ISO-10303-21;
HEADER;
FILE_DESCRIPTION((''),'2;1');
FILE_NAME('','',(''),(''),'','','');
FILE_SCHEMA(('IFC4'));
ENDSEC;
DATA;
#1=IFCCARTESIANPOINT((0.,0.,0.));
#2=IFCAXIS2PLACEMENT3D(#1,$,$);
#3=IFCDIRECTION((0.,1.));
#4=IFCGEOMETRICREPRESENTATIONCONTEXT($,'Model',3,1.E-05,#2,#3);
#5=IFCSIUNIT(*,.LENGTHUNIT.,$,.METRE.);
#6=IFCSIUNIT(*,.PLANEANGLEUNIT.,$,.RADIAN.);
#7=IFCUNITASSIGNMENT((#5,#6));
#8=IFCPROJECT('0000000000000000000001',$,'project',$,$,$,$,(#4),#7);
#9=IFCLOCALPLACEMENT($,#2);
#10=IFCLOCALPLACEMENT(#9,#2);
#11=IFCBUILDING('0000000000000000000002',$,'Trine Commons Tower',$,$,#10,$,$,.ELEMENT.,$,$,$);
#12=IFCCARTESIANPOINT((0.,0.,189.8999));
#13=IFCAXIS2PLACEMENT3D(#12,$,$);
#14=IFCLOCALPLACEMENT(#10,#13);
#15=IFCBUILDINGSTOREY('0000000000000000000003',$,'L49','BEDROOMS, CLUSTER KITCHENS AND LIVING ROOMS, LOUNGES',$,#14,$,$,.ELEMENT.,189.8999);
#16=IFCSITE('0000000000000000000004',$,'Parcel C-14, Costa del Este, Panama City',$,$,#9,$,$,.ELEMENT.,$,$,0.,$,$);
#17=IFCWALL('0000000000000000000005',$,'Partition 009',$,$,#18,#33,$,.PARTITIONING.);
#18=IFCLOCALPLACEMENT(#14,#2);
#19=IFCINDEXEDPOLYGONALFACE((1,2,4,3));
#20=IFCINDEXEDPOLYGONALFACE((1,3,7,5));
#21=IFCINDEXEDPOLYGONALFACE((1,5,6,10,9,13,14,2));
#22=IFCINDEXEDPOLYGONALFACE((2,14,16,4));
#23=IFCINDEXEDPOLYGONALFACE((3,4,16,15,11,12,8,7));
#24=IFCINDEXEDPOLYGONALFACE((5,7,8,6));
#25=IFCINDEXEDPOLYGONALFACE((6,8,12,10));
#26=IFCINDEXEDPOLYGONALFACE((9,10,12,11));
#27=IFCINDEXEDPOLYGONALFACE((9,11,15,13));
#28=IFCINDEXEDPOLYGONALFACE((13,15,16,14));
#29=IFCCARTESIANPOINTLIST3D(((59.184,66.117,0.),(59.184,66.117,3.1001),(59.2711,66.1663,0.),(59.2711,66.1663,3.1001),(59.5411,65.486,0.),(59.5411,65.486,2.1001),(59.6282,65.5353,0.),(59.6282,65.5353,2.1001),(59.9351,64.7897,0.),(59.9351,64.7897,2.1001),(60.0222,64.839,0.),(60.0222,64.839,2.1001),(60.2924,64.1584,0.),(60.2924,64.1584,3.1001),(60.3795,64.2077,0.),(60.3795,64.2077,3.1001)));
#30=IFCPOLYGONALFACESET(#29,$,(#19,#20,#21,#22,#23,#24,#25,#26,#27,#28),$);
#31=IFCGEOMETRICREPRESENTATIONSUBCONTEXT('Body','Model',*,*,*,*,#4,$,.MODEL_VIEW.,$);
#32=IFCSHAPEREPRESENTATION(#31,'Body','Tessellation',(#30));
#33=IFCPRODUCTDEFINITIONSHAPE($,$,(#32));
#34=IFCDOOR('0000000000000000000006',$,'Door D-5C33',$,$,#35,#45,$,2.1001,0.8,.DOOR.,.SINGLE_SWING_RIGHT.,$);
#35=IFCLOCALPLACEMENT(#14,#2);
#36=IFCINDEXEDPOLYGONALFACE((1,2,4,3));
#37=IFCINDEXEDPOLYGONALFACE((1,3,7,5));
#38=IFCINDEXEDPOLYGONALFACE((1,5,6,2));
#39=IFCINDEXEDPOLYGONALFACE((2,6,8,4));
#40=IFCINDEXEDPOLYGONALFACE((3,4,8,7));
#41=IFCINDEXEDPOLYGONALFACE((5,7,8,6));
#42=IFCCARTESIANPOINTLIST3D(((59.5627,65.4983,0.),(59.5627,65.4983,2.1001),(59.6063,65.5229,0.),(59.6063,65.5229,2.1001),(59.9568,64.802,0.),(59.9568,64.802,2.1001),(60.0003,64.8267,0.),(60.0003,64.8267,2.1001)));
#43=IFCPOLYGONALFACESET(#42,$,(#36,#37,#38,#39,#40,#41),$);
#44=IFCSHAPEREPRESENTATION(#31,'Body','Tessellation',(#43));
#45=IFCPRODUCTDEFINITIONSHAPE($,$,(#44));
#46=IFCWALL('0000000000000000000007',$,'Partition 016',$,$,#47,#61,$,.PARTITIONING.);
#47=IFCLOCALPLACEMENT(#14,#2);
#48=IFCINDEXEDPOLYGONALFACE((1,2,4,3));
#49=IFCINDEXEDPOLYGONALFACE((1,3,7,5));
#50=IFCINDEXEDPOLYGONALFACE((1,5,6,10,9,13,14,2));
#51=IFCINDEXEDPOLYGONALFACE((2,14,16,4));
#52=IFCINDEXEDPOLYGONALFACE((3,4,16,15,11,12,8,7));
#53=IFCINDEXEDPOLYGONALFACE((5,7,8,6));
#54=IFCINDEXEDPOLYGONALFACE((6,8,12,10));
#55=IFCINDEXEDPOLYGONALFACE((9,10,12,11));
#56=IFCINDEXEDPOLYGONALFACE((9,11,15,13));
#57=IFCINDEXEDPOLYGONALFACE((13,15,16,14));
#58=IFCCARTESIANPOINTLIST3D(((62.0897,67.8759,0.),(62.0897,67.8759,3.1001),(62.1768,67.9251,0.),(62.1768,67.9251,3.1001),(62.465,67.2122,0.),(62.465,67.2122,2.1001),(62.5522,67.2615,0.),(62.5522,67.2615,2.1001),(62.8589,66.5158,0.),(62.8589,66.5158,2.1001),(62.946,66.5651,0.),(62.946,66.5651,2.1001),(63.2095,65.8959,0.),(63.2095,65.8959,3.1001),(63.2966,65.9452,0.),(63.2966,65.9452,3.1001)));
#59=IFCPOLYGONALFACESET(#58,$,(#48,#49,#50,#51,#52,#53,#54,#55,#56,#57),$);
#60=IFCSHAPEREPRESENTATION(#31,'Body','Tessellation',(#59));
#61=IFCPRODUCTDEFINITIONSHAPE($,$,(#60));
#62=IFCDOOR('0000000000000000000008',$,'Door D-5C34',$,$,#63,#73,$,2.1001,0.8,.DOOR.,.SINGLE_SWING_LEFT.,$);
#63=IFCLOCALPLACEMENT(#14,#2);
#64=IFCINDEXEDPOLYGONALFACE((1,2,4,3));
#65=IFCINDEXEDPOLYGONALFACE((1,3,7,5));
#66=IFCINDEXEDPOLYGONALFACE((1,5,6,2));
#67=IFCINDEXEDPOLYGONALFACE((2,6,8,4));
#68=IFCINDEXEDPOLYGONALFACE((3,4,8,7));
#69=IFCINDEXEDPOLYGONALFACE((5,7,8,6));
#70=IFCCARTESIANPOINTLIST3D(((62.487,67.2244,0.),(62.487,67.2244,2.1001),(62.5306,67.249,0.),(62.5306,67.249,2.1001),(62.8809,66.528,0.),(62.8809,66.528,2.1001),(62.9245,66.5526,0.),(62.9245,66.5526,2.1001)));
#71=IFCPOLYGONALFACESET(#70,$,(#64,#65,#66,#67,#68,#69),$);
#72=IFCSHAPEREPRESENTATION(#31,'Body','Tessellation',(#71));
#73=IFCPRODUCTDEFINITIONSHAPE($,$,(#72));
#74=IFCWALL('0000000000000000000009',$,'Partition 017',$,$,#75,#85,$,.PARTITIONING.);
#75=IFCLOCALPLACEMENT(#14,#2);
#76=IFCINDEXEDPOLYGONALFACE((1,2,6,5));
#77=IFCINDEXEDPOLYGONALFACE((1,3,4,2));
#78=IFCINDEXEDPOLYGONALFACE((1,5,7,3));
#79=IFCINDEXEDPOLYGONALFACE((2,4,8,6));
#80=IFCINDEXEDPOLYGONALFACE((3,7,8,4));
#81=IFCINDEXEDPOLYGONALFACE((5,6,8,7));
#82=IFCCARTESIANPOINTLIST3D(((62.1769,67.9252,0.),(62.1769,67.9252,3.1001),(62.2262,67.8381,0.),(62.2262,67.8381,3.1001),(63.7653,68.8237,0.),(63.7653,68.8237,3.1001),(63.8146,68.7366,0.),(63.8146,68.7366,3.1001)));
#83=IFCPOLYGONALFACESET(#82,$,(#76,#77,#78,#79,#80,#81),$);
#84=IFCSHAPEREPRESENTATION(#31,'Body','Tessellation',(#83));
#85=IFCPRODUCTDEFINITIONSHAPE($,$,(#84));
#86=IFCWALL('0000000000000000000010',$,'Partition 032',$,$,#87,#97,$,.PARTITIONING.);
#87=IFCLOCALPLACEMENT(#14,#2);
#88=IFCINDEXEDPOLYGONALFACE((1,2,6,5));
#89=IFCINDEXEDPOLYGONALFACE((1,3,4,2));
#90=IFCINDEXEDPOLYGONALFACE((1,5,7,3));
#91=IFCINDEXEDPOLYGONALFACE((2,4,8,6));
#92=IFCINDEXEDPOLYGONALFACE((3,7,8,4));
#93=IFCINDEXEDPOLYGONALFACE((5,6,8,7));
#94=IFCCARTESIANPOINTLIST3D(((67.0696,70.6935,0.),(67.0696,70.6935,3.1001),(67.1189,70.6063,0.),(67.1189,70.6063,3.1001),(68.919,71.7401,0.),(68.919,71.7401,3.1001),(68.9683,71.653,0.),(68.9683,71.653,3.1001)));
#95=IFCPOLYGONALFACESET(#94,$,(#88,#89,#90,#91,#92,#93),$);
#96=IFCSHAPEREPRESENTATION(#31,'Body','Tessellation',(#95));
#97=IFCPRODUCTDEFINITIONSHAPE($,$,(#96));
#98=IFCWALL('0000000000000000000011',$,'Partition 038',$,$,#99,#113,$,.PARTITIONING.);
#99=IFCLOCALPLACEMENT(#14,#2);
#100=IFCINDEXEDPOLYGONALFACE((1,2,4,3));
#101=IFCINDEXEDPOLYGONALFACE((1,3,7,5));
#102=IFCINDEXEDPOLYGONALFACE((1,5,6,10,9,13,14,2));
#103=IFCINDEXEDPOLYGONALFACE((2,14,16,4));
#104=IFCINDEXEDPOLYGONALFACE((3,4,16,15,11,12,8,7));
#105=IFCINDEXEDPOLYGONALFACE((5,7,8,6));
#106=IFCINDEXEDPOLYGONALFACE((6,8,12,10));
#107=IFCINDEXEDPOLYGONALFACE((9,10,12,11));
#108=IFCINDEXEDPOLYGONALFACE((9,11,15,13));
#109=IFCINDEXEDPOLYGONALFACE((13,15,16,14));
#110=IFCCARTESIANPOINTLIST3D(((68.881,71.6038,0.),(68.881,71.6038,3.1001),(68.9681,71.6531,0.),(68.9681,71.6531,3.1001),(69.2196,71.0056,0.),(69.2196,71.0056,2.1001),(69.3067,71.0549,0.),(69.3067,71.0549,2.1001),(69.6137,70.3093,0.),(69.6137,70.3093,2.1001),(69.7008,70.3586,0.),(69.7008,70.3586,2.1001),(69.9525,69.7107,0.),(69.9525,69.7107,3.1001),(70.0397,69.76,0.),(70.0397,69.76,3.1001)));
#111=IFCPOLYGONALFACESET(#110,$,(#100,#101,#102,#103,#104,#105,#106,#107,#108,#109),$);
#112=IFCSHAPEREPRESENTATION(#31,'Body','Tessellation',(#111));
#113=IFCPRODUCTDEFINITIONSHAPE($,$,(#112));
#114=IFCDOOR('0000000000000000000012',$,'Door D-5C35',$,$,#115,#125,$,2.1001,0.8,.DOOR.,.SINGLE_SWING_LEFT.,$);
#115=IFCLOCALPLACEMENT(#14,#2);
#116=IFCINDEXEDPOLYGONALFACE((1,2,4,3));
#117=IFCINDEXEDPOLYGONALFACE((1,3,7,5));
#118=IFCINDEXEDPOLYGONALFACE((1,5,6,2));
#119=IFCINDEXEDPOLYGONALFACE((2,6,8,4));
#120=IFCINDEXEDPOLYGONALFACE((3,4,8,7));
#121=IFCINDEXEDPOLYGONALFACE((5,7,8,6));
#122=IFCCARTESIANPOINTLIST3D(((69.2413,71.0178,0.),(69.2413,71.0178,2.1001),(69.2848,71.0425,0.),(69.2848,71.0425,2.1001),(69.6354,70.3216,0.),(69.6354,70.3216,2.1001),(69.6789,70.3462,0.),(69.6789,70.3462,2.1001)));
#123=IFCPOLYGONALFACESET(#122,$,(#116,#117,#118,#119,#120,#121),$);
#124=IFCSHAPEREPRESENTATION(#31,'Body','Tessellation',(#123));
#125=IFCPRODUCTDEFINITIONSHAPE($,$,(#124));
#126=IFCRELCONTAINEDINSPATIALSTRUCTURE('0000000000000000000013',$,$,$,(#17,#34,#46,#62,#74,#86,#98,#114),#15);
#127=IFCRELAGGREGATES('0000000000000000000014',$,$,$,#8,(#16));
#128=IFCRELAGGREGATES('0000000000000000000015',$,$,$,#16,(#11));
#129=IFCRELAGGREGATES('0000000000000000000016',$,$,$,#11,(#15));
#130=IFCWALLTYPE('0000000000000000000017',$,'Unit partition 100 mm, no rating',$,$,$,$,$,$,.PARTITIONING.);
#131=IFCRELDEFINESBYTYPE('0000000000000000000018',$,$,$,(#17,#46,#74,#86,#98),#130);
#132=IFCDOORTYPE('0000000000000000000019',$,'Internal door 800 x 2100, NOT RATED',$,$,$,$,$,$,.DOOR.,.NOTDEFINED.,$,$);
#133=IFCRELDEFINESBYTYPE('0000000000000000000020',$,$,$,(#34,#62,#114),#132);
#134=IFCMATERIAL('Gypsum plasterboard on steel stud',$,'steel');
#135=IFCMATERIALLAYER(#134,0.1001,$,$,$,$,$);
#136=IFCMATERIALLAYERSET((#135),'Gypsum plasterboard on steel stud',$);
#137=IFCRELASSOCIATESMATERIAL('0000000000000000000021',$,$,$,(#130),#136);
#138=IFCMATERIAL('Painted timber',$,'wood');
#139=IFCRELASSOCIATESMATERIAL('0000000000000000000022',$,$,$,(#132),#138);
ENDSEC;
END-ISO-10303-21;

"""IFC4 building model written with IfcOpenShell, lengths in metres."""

from ifc_helpers import new_model, si_unit, direction, frame, frame_2d, origin, place, context, subcontext, project, spatial, rectangle, extrude, material, layer, layer_set, type_object, element, fill, save


model = new_model("IFC4")

# Units and contexts
model_context = context("Model", 3, precision=1e-05, world=origin(), true_north=direction((0.0, 1.0)))
body_context = subcontext(model_context, "Body", "Model", "MODEL_VIEW")
ifc_project = project(units=[si_unit("LENGTHUNIT", "METRE"), si_unit("PLANEANGLEUNIT", "RADIAN")], contexts=[model_context])

# Site, building, storey
site_placement = place(None, origin())
site = spatial("IfcSite", under=ifc_project, at=site_placement, Name="Parcel C-14, Costa del Este, Panama City", CompositionType="ELEMENT", RefElevation=0.0)
building_placement = place(site_placement, origin())
building = spatial("IfcBuilding", under=site, at=building_placement, Name="Trine Commons Tower", CompositionType="ELEMENT")
storey_placement = place(building_placement, frame((0.0, 0.0, 189.8999)))
storey = spatial("IfcBuildingStorey", under=building, at=storey_placement, Name="L49", Description="BEDROOMS, CLUSTER KITCHENS AND LIVING ROOMS, LOUNGES", CompositionType="ELEMENT", Elevation=189.8999)

# Shared definitions
ifc_material_1 = material(Name="Gypsum plasterboard on steel stud", Category="steel")

# Shared definitions
ifc_material_2 = material(Name="Painted timber", Category="wood")

# Walls, openings, doors
ifc_layer_1 = layer(ifc_material_1, 0.1001)
ifc_layer_set_1 = layer_set([ifc_layer_1], Name="Gypsum plasterboard on steel stud")
wall_type_1 = type_object("IfcWallType", Name="Unit partition 100 mm, no rating", PredefinedType="PARTITIONING", material=ifc_layer_set_1)
wall_1_placement = place(storey_placement, frame((59.2275, 66.1416, 0.0), z_axis=(0.0, 0.0, 1.0), x_axis=(0.492536, -0.870292, 0.0)))
wall_1 = element("IfcWall", 1, at=wall_1_placement, inside=storey, type_object=wall_type_1, Name="Partition 009", PredefinedType="PARTITIONING", context=body_context, shape_type="SweptSolid", body=[
    extrude(rectangle(XDim=2.2505, YDim=0.1001, at=frame_2d((1.1252, 0.0))), origin(), (0.0, 0.0, 1.0), 3.1001),
])
opening_1_placement = place(wall_1_placement, frame((0.7251, 0.0, 0.0)))
opening_1 = element("IfcOpeningElement", 2, at=opening_1_placement, cuts=wall_1, PredefinedType="OPENING", context=body_context, shape_type="SweptSolid", body=[
    extrude(rectangle(XDim=0.8, YDim=2.1001, at=frame_2d((0.3999, 1.05))), frame((0.0, 0.0601, 0.0), z_axis=(0.0, -1.0, 0.0), x_axis=(1.0, 0.0, 0.0)), (0.0, 0.0, 1.0), 0.1201),
])
door_type_1 = type_object("IfcDoorType", Name="Internal door 800 x 2100, NOT RATED", OperationType="NOTDEFINED", PredefinedType="DOOR", material=ifc_material_2)
door_1_placement = place(opening_1_placement, origin())
door_1 = element("IfcDoor", 3, at=door_1_placement, inside=storey, type_object=door_type_1, Name="Door D-5C33", OperationType="SINGLE_SWING_RIGHT", OverallHeight=2.1001, OverallWidth=0.8, PredefinedType="DOOR", context=body_context, shape_type="SweptSolid", body=[
    extrude(rectangle(XDim=0.8, YDim=2.1001, at=frame_2d((0.3999, 1.05))), frame((0.0, 0.0249, 0.0), z_axis=(0.0, -1.0, 0.0), x_axis=(1.0, 0.0, 0.0)), (0.0, 0.0, 1.0), 0.05),
])
fill(opening_1, door_1)
wall_2_placement = place(storey_placement, frame((62.1333, 67.9004, 0.0), z_axis=(0.0, 0.0, 1.0), x_axis=(0.492308, -0.870421, 0.0)))
wall_2 = element("IfcWall", 4, at=wall_2_placement, inside=storey, type_object=wall_type_1, Name="Partition 016", PredefinedType="PARTITIONING", context=body_context, shape_type="SweptSolid", body=[
    extrude(rectangle(XDim=2.2747, YDim=0.1001, at=frame_2d((1.1372, 0.0))), origin(), (0.0, 0.0, 1.0), 3.1001),
])
opening_2_placement = place(wall_2_placement, frame((0.7625, 0.0, 0.0)))
opening_2 = element("IfcOpeningElement", 5, at=opening_2_placement, cuts=wall_2, PredefinedType="OPENING", context=body_context, shape_type="SweptSolid", body=[
    extrude(rectangle(XDim=0.8, YDim=2.1001, at=frame_2d((0.3999, 1.05))), frame((0.0, 0.0601, 0.0), z_axis=(0.0, -1.0, 0.0), x_axis=(1.0, 0.0, 0.0)), (0.0, 0.0, 1.0), 0.1201),
])
door_2_placement = place(opening_2_placement, frame((0.8, 0.0, 0.0), z_axis=(0.0, 0.0, 1.0), x_axis=(-1.0, 0.0, 0.0)))
door_2 = element("IfcDoor", 6, at=door_2_placement, inside=storey, type_object=door_type_1, Name="Door D-5C34", OperationType="SINGLE_SWING_LEFT", OverallHeight=2.1001, OverallWidth=0.8, PredefinedType="DOOR", context=body_context, shape_type="SweptSolid", body=[
    extrude(rectangle(XDim=0.8, YDim=2.1001, at=frame_2d((0.3999, 1.05))), frame((0.0, 0.0249, 0.0), z_axis=(0.0, -1.0, 0.0), x_axis=(1.0, 0.0, 0.0)), (0.0, 0.0, 1.0), 0.05),
])
fill(opening_2, door_2)

# Walls
wall_3_placement = place(storey_placement, frame((62.2014, 67.8816, 0.0), z_axis=(0.0, 0.0, 1.0), x_axis=(0.870408, 0.492331, 0.0)))
element("IfcWall", 7, at=wall_3_placement, inside=storey, type_object=wall_type_1, Name="Partition 017", PredefinedType="PARTITIONING", context=body_context, shape_type="SweptSolid", body=[
    extrude(rectangle(XDim=1.825, YDim=0.1001, at=frame_2d((0.9126, 0.0))), origin(), (0.0, 0.0, 1.0), 3.1001),
])
wall_4_placement = place(storey_placement, frame((67.0942, 70.6499, 0.0), z_axis=(0.0, 0.0, 1.0), x_axis=(0.870293, 0.492534, 0.0)))
element("IfcWall", 8, at=wall_4_placement, inside=storey, type_object=wall_type_1, Name="Partition 032", PredefinedType="PARTITIONING", context=body_context, shape_type="SweptSolid", body=[
    extrude(rectangle(XDim=2.125, YDim=0.1001, at=frame_2d((1.0625, 0.0))), origin(), (0.0, 0.0, 1.0), 3.1001),
])

# Wall, opening, door
wall_5_placement = place(storey_placement, frame((68.9246, 71.6284, 0.0), z_axis=(0.0, 0.0, 1.0), x_axis=(0.492593, -0.87026, 0.0)))
wall_5 = element("IfcWall", 9, at=wall_5_placement, inside=storey, type_object=wall_type_1, Name="Partition 038", PredefinedType="PARTITIONING", context=body_context, shape_type="SweptSolid", body=[
    extrude(rectangle(XDim=2.1753, YDim=0.1001, at=frame_2d((1.0876, 0.0))), origin(), (0.0, 0.0, 1.0), 3.1001),
])
opening_3_placement = place(wall_5_placement, frame((0.6875, 0.0, 0.0)))
opening_3 = element("IfcOpeningElement", 10, at=opening_3_placement, cuts=wall_5, PredefinedType="OPENING", context=body_context, shape_type="SweptSolid", body=[
    extrude(rectangle(XDim=0.8, YDim=2.1001, at=frame_2d((0.3999, 1.05))), frame((0.0, 0.0601, 0.0), z_axis=(0.0, -1.0, 0.0), x_axis=(1.0, 0.0, 0.0)), (0.0, 0.0, 1.0), 0.1201),
])
door_3_placement = place(opening_3_placement, origin())
door_3 = element("IfcDoor", 11, at=door_3_placement, inside=storey, type_object=door_type_1, Name="Door D-5C35", OperationType="SINGLE_SWING_LEFT", OverallHeight=2.1001, OverallWidth=0.8, PredefinedType="DOOR", context=body_context, shape_type="SweptSolid", body=[
    extrude(rectangle(XDim=0.8, YDim=2.1001, at=frame_2d((0.3999, 1.05))), frame((0.0, 0.0249, 0.0), z_axis=(0.0, -1.0, 0.0), x_axis=(1.0, 0.0, 0.0)), (0.0, 0.0, 1.0), 0.05),
])
fill(opening_3, door_3)

save(model, "model.ifc")
